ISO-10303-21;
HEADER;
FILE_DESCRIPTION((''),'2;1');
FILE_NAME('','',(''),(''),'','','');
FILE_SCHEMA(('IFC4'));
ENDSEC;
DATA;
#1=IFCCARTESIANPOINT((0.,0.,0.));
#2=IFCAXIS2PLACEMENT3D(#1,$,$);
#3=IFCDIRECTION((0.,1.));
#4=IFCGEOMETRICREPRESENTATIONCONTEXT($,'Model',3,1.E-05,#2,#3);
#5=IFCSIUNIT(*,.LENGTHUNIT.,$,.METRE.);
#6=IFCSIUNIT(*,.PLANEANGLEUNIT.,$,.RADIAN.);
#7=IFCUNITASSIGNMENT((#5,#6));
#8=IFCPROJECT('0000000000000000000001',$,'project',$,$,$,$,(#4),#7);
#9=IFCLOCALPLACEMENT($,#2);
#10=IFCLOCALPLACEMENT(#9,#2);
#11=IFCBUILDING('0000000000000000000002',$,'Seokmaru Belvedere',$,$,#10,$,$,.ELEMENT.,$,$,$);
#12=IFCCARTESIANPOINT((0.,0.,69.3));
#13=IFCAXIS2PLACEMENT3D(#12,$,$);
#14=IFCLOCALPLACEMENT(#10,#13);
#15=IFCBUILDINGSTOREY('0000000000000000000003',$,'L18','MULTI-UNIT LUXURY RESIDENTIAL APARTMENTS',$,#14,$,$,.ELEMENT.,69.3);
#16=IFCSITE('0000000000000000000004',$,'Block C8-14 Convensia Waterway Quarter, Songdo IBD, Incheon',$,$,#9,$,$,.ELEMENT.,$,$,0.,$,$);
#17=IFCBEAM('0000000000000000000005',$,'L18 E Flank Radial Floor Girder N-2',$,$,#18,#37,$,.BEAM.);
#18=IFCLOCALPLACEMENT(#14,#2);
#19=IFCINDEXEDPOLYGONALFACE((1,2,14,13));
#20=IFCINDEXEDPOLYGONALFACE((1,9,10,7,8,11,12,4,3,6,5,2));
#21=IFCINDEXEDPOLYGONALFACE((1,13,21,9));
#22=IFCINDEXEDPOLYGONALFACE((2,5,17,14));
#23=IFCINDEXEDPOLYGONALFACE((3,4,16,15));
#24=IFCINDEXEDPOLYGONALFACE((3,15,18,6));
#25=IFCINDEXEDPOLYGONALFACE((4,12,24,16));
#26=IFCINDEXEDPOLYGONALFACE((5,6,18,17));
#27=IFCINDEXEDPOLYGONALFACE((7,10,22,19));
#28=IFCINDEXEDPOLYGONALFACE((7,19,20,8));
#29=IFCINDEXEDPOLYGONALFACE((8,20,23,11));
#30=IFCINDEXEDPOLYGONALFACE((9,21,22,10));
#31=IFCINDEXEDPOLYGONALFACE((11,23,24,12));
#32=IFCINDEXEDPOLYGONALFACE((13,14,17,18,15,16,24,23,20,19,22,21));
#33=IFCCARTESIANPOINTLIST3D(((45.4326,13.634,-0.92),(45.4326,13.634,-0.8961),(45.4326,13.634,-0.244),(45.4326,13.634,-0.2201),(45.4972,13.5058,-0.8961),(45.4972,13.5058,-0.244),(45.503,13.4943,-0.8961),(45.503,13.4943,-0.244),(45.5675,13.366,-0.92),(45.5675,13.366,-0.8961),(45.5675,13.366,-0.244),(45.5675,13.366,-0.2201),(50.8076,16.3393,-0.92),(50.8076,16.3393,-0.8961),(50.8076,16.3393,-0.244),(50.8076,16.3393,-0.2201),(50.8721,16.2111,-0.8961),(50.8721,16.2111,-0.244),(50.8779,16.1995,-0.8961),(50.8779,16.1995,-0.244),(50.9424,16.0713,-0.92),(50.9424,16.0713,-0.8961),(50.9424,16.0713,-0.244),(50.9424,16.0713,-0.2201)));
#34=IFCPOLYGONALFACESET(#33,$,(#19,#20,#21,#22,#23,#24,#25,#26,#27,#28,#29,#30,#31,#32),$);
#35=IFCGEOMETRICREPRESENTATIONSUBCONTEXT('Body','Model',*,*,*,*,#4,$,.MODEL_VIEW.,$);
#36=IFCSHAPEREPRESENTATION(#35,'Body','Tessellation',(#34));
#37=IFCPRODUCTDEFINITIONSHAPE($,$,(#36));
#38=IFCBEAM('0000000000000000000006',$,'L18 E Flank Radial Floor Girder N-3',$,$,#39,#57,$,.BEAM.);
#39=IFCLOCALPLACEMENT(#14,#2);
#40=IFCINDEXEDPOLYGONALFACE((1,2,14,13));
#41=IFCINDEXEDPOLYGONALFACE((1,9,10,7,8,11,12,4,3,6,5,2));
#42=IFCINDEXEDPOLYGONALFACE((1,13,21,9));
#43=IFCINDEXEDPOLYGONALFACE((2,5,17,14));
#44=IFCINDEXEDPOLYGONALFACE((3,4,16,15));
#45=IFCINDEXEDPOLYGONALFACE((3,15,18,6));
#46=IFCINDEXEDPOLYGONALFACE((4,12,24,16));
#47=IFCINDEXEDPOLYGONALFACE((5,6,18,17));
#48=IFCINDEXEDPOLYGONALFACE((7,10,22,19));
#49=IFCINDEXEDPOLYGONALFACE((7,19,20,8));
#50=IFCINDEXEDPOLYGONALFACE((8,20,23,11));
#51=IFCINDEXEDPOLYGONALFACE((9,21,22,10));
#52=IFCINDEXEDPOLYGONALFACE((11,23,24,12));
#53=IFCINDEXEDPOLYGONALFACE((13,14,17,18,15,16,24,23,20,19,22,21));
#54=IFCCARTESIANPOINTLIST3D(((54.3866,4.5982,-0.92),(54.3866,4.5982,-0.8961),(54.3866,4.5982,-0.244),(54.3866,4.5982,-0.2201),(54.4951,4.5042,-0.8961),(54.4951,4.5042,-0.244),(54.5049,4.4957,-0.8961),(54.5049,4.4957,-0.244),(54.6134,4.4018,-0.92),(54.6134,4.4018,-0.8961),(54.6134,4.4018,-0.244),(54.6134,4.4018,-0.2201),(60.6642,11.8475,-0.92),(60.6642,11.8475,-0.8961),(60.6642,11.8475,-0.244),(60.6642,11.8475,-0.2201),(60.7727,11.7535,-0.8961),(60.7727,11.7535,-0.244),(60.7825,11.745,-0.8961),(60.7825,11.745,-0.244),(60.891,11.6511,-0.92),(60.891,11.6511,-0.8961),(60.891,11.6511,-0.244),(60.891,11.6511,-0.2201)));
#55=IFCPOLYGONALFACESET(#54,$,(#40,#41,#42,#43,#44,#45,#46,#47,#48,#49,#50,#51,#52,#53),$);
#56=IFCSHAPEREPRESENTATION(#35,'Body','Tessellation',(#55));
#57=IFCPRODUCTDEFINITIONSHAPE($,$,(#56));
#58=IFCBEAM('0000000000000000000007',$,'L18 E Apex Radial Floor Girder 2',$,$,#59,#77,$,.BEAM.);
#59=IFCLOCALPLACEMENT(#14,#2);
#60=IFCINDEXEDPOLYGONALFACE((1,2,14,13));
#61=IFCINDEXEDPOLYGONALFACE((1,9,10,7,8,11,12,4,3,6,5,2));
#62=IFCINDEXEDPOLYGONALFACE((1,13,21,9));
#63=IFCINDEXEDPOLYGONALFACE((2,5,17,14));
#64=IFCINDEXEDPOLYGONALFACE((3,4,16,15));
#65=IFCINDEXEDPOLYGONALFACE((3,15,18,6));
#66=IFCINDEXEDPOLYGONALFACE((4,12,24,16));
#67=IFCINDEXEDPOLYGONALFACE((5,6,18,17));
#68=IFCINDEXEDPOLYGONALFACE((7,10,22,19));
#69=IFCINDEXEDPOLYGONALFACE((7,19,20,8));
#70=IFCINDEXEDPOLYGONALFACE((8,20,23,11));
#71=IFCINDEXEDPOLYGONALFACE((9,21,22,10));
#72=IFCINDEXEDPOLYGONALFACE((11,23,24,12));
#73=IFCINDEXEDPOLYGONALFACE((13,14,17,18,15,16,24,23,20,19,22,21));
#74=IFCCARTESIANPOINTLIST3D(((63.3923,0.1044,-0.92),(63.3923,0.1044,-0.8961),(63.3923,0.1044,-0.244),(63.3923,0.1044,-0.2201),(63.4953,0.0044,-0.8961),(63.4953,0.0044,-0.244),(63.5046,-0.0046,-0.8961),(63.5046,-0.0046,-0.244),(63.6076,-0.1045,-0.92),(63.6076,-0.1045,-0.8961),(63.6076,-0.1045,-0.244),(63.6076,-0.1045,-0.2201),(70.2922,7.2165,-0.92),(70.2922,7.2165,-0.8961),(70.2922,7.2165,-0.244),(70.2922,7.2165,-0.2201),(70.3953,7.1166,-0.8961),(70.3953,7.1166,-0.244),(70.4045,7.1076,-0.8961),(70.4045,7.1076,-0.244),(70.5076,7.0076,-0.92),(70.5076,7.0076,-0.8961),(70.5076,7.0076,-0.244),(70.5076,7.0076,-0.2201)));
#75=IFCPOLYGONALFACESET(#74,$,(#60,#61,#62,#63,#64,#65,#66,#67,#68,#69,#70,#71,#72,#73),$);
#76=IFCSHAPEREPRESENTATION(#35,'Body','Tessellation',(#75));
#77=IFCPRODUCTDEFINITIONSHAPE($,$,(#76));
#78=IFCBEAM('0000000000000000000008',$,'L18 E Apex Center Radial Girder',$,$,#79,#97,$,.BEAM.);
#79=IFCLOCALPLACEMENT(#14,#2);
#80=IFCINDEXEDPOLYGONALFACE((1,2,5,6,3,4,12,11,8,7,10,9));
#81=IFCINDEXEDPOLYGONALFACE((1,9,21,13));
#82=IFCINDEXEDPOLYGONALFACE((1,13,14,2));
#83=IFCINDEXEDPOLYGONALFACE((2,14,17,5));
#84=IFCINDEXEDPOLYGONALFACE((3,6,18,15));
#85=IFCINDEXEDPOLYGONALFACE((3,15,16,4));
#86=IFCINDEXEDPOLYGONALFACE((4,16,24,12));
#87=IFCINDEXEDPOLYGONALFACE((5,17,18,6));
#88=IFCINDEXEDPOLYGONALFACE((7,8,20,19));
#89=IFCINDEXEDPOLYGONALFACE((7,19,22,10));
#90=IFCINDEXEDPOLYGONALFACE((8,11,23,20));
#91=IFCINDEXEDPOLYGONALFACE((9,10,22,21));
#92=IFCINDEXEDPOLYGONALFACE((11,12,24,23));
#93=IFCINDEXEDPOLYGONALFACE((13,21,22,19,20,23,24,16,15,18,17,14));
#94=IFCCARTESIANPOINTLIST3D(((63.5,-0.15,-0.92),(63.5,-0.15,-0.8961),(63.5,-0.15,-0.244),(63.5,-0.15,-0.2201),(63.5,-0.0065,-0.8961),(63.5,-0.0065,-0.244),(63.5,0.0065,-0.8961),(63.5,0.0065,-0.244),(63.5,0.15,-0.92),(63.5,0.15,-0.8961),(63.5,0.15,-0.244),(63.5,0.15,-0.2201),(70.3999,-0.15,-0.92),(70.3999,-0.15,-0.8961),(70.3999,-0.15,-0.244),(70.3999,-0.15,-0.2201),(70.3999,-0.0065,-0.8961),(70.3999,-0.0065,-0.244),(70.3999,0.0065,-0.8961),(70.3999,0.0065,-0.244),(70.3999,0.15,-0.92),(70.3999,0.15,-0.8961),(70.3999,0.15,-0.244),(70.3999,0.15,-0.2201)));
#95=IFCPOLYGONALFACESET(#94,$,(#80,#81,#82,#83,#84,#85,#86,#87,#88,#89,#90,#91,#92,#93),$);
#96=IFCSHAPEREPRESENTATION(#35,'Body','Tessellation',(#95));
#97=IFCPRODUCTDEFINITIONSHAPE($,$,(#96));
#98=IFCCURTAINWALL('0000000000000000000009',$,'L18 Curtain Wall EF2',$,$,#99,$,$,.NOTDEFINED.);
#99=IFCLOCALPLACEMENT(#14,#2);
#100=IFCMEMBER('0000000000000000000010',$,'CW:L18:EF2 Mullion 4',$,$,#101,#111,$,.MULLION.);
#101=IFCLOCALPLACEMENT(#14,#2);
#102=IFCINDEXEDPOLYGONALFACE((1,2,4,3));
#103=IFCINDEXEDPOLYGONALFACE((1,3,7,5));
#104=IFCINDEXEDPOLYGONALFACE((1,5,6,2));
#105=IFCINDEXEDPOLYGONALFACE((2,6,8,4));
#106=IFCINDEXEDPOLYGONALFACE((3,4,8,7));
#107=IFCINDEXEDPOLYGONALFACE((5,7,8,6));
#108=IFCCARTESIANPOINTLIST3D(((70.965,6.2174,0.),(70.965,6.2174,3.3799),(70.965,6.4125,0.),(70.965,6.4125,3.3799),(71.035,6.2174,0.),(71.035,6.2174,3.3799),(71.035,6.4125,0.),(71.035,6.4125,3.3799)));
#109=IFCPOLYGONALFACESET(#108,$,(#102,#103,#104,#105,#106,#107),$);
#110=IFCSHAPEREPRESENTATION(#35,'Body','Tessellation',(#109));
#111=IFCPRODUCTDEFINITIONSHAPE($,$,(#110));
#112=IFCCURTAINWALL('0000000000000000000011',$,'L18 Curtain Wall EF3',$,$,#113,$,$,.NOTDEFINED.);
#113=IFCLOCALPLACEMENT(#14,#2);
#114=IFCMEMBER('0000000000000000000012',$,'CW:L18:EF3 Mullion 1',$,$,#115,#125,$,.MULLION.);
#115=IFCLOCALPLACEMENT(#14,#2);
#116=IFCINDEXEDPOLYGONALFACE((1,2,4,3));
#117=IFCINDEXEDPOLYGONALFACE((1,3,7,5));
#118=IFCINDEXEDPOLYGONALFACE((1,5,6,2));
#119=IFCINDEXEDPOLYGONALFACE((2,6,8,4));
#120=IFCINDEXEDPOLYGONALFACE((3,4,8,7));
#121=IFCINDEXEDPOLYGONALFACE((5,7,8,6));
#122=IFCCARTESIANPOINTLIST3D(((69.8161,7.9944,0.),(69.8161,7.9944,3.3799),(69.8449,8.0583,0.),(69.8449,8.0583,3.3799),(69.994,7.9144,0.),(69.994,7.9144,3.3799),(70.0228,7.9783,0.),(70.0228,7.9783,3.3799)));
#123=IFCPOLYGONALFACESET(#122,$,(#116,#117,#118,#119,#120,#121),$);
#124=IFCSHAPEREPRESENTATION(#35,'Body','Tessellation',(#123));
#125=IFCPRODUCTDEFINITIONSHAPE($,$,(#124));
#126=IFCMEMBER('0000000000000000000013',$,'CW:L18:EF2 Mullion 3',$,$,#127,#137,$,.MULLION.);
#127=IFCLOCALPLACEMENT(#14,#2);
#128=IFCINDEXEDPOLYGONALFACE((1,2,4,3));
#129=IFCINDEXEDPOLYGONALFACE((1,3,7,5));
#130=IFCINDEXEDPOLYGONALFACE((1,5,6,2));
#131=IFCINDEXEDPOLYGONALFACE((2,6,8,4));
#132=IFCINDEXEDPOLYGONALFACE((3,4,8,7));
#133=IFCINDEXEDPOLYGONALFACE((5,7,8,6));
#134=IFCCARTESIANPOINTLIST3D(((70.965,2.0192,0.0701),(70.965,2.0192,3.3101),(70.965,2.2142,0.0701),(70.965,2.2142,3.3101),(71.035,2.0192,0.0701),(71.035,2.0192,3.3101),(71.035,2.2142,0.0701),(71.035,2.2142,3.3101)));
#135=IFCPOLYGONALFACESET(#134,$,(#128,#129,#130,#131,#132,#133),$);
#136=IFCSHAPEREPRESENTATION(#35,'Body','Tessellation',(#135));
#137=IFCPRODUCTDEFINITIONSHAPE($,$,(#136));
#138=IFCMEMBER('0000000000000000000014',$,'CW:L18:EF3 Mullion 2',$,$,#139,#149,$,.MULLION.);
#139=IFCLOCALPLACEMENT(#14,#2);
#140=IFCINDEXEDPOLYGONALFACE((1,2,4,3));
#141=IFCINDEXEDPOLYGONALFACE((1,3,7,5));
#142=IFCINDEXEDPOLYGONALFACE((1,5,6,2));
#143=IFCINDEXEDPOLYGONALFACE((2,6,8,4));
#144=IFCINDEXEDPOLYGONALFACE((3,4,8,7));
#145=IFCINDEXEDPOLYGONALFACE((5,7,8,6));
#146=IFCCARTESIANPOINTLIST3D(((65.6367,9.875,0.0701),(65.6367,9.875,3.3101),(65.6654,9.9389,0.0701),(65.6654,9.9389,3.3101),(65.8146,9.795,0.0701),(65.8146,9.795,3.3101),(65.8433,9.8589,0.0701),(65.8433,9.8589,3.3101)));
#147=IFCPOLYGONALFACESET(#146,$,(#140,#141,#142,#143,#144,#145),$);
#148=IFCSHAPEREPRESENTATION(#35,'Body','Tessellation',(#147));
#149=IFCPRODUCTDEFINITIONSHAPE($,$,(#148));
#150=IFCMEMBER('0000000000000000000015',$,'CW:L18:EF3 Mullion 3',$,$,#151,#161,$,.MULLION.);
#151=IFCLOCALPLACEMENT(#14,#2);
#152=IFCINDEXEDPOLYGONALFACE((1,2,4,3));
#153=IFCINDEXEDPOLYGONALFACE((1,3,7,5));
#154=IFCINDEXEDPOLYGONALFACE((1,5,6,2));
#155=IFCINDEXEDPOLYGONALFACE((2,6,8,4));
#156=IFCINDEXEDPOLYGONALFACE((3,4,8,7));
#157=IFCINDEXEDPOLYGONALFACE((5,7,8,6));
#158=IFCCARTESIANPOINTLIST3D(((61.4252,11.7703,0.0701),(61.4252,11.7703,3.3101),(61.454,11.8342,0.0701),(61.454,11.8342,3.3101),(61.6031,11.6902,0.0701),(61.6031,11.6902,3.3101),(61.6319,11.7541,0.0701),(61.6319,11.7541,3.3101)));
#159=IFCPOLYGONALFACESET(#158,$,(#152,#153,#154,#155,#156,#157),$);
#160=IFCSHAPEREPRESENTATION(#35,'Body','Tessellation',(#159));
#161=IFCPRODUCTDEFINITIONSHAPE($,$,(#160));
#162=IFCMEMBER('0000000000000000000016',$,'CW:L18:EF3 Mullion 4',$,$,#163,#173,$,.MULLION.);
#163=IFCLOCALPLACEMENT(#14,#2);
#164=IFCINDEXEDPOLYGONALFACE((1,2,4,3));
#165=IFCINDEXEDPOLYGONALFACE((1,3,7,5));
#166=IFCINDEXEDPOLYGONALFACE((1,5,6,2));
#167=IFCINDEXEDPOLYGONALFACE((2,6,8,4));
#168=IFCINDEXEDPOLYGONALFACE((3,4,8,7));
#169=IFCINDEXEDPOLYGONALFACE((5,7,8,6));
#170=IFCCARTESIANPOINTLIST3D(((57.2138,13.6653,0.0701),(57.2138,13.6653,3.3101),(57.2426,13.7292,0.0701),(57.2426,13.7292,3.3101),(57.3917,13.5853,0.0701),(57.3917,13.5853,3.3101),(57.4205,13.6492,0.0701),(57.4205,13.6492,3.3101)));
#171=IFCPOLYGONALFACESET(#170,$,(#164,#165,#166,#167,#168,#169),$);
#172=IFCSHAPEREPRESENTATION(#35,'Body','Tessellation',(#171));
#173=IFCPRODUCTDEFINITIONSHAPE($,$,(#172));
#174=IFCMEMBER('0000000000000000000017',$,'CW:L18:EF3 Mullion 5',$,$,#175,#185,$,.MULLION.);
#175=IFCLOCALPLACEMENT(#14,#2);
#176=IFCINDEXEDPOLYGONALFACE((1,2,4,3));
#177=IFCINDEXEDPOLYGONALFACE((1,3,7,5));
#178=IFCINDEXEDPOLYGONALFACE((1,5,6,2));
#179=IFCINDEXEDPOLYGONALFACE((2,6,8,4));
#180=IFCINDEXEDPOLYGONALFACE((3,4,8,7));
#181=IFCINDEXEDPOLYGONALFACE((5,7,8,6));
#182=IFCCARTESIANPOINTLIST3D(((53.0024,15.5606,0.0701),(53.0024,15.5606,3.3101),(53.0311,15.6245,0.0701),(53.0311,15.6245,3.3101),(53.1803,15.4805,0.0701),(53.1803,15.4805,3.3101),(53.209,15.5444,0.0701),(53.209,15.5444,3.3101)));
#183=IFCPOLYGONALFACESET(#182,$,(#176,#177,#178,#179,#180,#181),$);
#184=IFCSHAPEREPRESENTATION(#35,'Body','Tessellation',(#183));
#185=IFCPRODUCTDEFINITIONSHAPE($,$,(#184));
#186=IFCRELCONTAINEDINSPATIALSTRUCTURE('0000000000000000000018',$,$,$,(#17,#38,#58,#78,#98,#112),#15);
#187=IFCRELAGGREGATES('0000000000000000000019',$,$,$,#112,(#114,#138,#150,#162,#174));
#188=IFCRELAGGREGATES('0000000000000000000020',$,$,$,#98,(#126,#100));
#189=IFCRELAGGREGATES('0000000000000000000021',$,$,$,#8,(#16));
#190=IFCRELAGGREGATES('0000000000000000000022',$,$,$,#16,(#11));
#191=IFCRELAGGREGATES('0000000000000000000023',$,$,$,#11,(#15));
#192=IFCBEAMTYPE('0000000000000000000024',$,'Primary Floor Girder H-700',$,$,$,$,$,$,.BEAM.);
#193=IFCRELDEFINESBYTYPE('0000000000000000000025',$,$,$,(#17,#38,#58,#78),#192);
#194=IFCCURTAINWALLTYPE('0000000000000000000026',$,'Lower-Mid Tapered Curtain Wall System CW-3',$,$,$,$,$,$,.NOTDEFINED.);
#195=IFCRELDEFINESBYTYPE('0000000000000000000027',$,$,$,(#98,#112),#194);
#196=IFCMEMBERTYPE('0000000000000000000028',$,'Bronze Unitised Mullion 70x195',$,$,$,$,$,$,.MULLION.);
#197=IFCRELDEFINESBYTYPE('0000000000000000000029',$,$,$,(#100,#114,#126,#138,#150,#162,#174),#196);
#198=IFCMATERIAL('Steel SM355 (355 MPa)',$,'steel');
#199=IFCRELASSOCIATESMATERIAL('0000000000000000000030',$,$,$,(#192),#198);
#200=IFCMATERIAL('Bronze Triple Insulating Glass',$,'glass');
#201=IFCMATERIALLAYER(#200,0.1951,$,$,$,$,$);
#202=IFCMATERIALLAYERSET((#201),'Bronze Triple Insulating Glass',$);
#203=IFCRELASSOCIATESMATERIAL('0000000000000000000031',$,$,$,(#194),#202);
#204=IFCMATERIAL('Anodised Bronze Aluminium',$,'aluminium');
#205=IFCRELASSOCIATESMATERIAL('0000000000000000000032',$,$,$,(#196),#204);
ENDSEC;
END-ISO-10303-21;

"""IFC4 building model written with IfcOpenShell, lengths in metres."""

from ifc_helpers import new_model, si_unit, direction, frame, origin, origin_2d, place, context, subcontext, project, spatial, rectangle, i_section, extrude, source, transform, mapped, material, layer, layer_set, material_profile, profile_set, type_object, type_shapes, element, aggregate, save


model = new_model("IFC4")

# Units and contexts
model_context = context("Model", 3, precision=1e-05, world=origin(), true_north=direction((0.0, 1.0)))
body_context = subcontext(model_context, "Body", "Model", "MODEL_VIEW")
ifc_project = project(units=[si_unit("LENGTHUNIT", "METRE"), si_unit("PLANEANGLEUNIT", "RADIAN")], contexts=[model_context])

# Site, building, storey
site_placement = place(None, origin())
site = spatial("IfcSite", under=ifc_project, at=site_placement, Name="Block C8-14 Convensia Waterway Quarter, Songdo IBD, Incheon", CompositionType="ELEMENT", RefElevation=0.0)
building_placement = place(site_placement, origin())
building = spatial("IfcBuilding", under=site, at=building_placement, Name="Seokmaru Belvedere", CompositionType="ELEMENT")
storey_placement = place(building_placement, frame((0.0, 0.0, 69.3)))
storey = spatial("IfcBuildingStorey", under=building, at=storey_placement, Name="L18", Description="MULTI-UNIT LUXURY RESIDENTIAL APARTMENTS", CompositionType="ELEMENT", Elevation=69.3)

# Shared definitions
ifc_material_1 = material(Name="Steel SM355 (355 MPa)", Category="steel")

# Beams
ifc_material_profile_1 = material_profile(ifc_material_1, i_section(OverallWidth=0.3, OverallDepth=0.7, WebThickness=0.0129, FlangeThickness=0.0239, at=origin_2d()), Name="H-700x300x13x24")
ifc_profile_set_1 = profile_set([ifc_material_profile_1], Name="Steel SM355 (355 MPa)")
beam_type_1 = type_object("IfcBeamType", Name="Primary Floor Girder H-700", PredefinedType="BEAM", material=ifc_profile_set_1)
shared_shape_1 = source(origin(), body_context, "Body", "SweptSolid", [
    extrude(i_section(OverallWidth=0.3, OverallDepth=0.7, WebThickness=0.0129, FlangeThickness=0.0239, at=origin_2d()), origin(), (0.0, 0.0, 1.0), 6.0173),
])
beam_1_placement = place(storey_placement, frame((50.875, 16.2053, -0.5701), z_axis=(-0.893239, -0.449581, 0.0), x_axis=(0.449581, -0.893239, 0.0)))
element("IfcBeam", 1, at=beam_1_placement, inside=storey, type_object=beam_type_1, Name="L18 E Flank Radial Floor Girder N-2", PredefinedType="BEAM", context=body_context, shape_type="MappedRepresentation", body=[
    mapped(shared_shape_1, transform((0.0, 0.0, 0.0), scale=1.0)),
])
shared_shape_2 = source(origin(), body_context, "Body", "SweptSolid", [
    extrude(i_section(OverallWidth=0.3, OverallDepth=0.7, WebThickness=0.0129, FlangeThickness=0.0239, at=origin_2d()), origin(), (0.0, 0.0, 1.0), 9.5896),
])
beam_2_placement = place(storey_placement, frame((60.7776, 11.7493, -0.5701), z_axis=(-0.654626, -0.755953, 0.0), x_axis=(0.755953, -0.654626, 0.0)))
element("IfcBeam", 2, at=beam_2_placement, inside=storey, type_object=beam_type_1, Name="L18 E Flank Radial Floor Girder N-3", PredefinedType="BEAM", context=body_context, shape_type="MappedRepresentation", body=[
    mapped(shared_shape_2, transform((0.0, 0.0, 0.0), scale=1.0)),
])
shared_shape_3 = source(origin(), body_context, "Body", "SweptSolid", [
    extrude(i_section(OverallWidth=0.3, OverallDepth=0.7, WebThickness=0.0129, FlangeThickness=0.0239, at=origin_2d()), origin(), (0.0, 0.0, 1.0), 9.9092),
])
beam_3_placement = place(storey_placement, frame((70.3999, 7.1121, -0.5701), z_axis=(-0.696321, -0.717731, 0.0), x_axis=(0.717731, -0.696321, 0.0)))
element("IfcBeam", 3, at=beam_3_placement, inside=storey, type_object=beam_type_1, Name="L18 E Apex Radial Floor Girder 2", PredefinedType="BEAM", context=body_context, shape_type="MappedRepresentation", body=[
    mapped(shared_shape_3, transform((0.0, 0.0, 0.0), scale=1.0)),
])
shared_shape_4 = source(origin(), body_context, "Body", "SweptSolid", [
    extrude(i_section(OverallWidth=0.3, OverallDepth=0.7, WebThickness=0.0129, FlangeThickness=0.0239, at=origin_2d()), origin(), (0.0, 0.0, 1.0), 6.8999),
])
beam_4_placement = place(storey_placement, frame((70.3999, 0.0, -0.5701), z_axis=(-1.0, 0.0, 0.0), x_axis=(0.0, -1.0, 0.0)))
element("IfcBeam", 4, at=beam_4_placement, inside=storey, type_object=beam_type_1, Name="L18 E Apex Center Radial Girder", PredefinedType="BEAM", context=body_context, shape_type="MappedRepresentation", body=[
    mapped(shared_shape_4, transform((0.0, 0.0, 0.0), scale=1.0)),
])

# Curtain walls, members
ifc_material_2 = material(Name="Bronze Triple Insulating Glass", Category="glass")
ifc_layer_1 = layer(ifc_material_2, 0.1951)
ifc_layer_set_1 = layer_set([ifc_layer_1], Name="Bronze Triple Insulating Glass")
curtain_wall_type = type_object("IfcCurtainWallType", Name="Lower-Mid Tapered Curtain Wall System CW-3", PredefinedType="NOTDEFINED", material=ifc_layer_set_1)
curtain_wall_1_placement = place(storey_placement, origin())
curtain_wall_1 = element("IfcCurtainWall", 5, at=curtain_wall_1_placement, inside=storey, type_object=curtain_wall_type, Name="L18 Curtain Wall EF2", PredefinedType="NOTDEFINED")
ifc_material_3 = material(Name="Anodised Bronze Aluminium", Category="aluminium")
ifc_material_profile_2 = material_profile(ifc_material_3, rectangle(XDim=0.0701, YDim=0.1951, at=origin_2d()), Name="CW-M-70x195")
ifc_profile_set_2 = profile_set([ifc_material_profile_2], Name="Anodised Bronze Aluminium")
member_type_1 = type_object("IfcMemberType", Name="Bronze Unitised Mullion 70x195", PredefinedType="MULLION", material=ifc_profile_set_2)
shared_shape_5 = source(origin(), body_context, "Body", "SweptSolid", [
    extrude(rectangle(XDim=0.0701, YDim=0.1951, at=origin_2d()), origin(), (0.0, 0.0, 1.0), 3.3799),
])
member_1_placement = place(storey_placement, frame((71.0, 6.3149, 0.0), z_axis=(0.0, 0.0, 1.0), x_axis=(-1.0, 0.0, 0.0)))
member_1 = element("IfcMember", 6, at=member_1_placement, type_object=member_type_1, Name="CW:L18:EF2 Mullion 4", PredefinedType="MULLION", context=body_context, shape_type="MappedRepresentation", body=[
    mapped(shared_shape_5, transform((0.0, 0.0, 0.0), scale=1.0)),
])
curtain_wall_2_placement = place(storey_placement, origin())
curtain_wall_2 = element("IfcCurtainWall", 7, at=curtain_wall_2_placement, inside=storey, type_object=curtain_wall_type, Name="L18 Curtain Wall EF3", PredefinedType="NOTDEFINED")
member_2_placement = place(storey_placement, frame((69.9194, 7.9863, 0.0), z_axis=(0.0, 0.0, 1.0), x_axis=(-0.410366, -0.911921, 0.0)))
member_2 = element("IfcMember", 8, at=member_2_placement, type_object=member_type_1, Name="CW:L18:EF3 Mullion 1", PredefinedType="MULLION", context=body_context, shape_type="MappedRepresentation", body=[
    mapped(shared_shape_5, transform((0.0, 0.0, 0.0), scale=1.0)),
])

# Members
shared_shape_6 = source(origin(), body_context, "Body", "SweptSolid", [
    extrude(rectangle(XDim=0.0701, YDim=0.1951, at=origin_2d()), origin(), (0.0, 0.0, 1.0), 3.24),
])
type_shapes(member_type_1, [shared_shape_5, shared_shape_6])
member_3_placement = place(storey_placement, frame((71.0, 2.1167, 0.0701), z_axis=(0.0, 0.0, 1.0), x_axis=(-1.0, 0.0, 0.0)))
member_3 = element("IfcMember", 9, at=member_3_placement, type_object=member_type_1, Name="CW:L18:EF2 Mullion 3", PredefinedType="MULLION", context=body_context, shape_type="MappedRepresentation", body=[
    mapped(shared_shape_6, transform((0.0, 0.0, 0.0), scale=1.0)),
])
member_4_placement = place(storey_placement, frame((65.74, 9.8669, 0.0701), z_axis=(0.0, 0.0, 1.0), x_axis=(-0.410366, -0.911921, 0.0)))
member_4 = element("IfcMember", 10, at=member_4_placement, type_object=member_type_1, Name="CW:L18:EF3 Mullion 2", PredefinedType="MULLION", context=body_context, shape_type="MappedRepresentation", body=[
    mapped(shared_shape_6, transform((0.0, 0.0, 0.0), scale=1.0)),
])
member_5_placement = place(storey_placement, frame((61.5286, 11.7622, 0.0701), z_axis=(0.0, 0.0, 1.0), x_axis=(-0.410366, -0.911921, 0.0)))
member_5 = element("IfcMember", 11, at=member_5_placement, type_object=member_type_1, Name="CW:L18:EF3 Mullion 3", PredefinedType="MULLION", context=body_context, shape_type="MappedRepresentation", body=[
    mapped(shared_shape_6, transform((0.0, 0.0, 0.0), scale=1.0)),
])
member_6_placement = place(storey_placement, frame((57.3171, 13.6572, 0.0701), z_axis=(0.0, 0.0, 1.0), x_axis=(-0.410366, -0.911921, 0.0)))
member_6 = element("IfcMember", 12, at=member_6_placement, type_object=member_type_1, Name="CW:L18:EF3 Mullion 4", PredefinedType="MULLION", context=body_context, shape_type="MappedRepresentation", body=[
    mapped(shared_shape_6, transform((0.0, 0.0, 0.0), scale=1.0)),
])
member_7_placement = place(storey_placement, frame((53.1057, 15.5525, 0.0701), z_axis=(0.0, 0.0, 1.0), x_axis=(-0.410366, -0.911921, 0.0)))
member_7 = element("IfcMember", 13, at=member_7_placement, type_object=member_type_1, Name="CW:L18:EF3 Mullion 5", PredefinedType="MULLION", context=body_context, shape_type="MappedRepresentation", body=[
    mapped(shared_shape_6, transform((0.0, 0.0, 0.0), scale=1.0)),
])

aggregate(curtain_wall_2, [member_2, member_4, member_5, member_6, member_7])
aggregate(curtain_wall_1, [member_3, member_1])

save(model, "model.ifc")
